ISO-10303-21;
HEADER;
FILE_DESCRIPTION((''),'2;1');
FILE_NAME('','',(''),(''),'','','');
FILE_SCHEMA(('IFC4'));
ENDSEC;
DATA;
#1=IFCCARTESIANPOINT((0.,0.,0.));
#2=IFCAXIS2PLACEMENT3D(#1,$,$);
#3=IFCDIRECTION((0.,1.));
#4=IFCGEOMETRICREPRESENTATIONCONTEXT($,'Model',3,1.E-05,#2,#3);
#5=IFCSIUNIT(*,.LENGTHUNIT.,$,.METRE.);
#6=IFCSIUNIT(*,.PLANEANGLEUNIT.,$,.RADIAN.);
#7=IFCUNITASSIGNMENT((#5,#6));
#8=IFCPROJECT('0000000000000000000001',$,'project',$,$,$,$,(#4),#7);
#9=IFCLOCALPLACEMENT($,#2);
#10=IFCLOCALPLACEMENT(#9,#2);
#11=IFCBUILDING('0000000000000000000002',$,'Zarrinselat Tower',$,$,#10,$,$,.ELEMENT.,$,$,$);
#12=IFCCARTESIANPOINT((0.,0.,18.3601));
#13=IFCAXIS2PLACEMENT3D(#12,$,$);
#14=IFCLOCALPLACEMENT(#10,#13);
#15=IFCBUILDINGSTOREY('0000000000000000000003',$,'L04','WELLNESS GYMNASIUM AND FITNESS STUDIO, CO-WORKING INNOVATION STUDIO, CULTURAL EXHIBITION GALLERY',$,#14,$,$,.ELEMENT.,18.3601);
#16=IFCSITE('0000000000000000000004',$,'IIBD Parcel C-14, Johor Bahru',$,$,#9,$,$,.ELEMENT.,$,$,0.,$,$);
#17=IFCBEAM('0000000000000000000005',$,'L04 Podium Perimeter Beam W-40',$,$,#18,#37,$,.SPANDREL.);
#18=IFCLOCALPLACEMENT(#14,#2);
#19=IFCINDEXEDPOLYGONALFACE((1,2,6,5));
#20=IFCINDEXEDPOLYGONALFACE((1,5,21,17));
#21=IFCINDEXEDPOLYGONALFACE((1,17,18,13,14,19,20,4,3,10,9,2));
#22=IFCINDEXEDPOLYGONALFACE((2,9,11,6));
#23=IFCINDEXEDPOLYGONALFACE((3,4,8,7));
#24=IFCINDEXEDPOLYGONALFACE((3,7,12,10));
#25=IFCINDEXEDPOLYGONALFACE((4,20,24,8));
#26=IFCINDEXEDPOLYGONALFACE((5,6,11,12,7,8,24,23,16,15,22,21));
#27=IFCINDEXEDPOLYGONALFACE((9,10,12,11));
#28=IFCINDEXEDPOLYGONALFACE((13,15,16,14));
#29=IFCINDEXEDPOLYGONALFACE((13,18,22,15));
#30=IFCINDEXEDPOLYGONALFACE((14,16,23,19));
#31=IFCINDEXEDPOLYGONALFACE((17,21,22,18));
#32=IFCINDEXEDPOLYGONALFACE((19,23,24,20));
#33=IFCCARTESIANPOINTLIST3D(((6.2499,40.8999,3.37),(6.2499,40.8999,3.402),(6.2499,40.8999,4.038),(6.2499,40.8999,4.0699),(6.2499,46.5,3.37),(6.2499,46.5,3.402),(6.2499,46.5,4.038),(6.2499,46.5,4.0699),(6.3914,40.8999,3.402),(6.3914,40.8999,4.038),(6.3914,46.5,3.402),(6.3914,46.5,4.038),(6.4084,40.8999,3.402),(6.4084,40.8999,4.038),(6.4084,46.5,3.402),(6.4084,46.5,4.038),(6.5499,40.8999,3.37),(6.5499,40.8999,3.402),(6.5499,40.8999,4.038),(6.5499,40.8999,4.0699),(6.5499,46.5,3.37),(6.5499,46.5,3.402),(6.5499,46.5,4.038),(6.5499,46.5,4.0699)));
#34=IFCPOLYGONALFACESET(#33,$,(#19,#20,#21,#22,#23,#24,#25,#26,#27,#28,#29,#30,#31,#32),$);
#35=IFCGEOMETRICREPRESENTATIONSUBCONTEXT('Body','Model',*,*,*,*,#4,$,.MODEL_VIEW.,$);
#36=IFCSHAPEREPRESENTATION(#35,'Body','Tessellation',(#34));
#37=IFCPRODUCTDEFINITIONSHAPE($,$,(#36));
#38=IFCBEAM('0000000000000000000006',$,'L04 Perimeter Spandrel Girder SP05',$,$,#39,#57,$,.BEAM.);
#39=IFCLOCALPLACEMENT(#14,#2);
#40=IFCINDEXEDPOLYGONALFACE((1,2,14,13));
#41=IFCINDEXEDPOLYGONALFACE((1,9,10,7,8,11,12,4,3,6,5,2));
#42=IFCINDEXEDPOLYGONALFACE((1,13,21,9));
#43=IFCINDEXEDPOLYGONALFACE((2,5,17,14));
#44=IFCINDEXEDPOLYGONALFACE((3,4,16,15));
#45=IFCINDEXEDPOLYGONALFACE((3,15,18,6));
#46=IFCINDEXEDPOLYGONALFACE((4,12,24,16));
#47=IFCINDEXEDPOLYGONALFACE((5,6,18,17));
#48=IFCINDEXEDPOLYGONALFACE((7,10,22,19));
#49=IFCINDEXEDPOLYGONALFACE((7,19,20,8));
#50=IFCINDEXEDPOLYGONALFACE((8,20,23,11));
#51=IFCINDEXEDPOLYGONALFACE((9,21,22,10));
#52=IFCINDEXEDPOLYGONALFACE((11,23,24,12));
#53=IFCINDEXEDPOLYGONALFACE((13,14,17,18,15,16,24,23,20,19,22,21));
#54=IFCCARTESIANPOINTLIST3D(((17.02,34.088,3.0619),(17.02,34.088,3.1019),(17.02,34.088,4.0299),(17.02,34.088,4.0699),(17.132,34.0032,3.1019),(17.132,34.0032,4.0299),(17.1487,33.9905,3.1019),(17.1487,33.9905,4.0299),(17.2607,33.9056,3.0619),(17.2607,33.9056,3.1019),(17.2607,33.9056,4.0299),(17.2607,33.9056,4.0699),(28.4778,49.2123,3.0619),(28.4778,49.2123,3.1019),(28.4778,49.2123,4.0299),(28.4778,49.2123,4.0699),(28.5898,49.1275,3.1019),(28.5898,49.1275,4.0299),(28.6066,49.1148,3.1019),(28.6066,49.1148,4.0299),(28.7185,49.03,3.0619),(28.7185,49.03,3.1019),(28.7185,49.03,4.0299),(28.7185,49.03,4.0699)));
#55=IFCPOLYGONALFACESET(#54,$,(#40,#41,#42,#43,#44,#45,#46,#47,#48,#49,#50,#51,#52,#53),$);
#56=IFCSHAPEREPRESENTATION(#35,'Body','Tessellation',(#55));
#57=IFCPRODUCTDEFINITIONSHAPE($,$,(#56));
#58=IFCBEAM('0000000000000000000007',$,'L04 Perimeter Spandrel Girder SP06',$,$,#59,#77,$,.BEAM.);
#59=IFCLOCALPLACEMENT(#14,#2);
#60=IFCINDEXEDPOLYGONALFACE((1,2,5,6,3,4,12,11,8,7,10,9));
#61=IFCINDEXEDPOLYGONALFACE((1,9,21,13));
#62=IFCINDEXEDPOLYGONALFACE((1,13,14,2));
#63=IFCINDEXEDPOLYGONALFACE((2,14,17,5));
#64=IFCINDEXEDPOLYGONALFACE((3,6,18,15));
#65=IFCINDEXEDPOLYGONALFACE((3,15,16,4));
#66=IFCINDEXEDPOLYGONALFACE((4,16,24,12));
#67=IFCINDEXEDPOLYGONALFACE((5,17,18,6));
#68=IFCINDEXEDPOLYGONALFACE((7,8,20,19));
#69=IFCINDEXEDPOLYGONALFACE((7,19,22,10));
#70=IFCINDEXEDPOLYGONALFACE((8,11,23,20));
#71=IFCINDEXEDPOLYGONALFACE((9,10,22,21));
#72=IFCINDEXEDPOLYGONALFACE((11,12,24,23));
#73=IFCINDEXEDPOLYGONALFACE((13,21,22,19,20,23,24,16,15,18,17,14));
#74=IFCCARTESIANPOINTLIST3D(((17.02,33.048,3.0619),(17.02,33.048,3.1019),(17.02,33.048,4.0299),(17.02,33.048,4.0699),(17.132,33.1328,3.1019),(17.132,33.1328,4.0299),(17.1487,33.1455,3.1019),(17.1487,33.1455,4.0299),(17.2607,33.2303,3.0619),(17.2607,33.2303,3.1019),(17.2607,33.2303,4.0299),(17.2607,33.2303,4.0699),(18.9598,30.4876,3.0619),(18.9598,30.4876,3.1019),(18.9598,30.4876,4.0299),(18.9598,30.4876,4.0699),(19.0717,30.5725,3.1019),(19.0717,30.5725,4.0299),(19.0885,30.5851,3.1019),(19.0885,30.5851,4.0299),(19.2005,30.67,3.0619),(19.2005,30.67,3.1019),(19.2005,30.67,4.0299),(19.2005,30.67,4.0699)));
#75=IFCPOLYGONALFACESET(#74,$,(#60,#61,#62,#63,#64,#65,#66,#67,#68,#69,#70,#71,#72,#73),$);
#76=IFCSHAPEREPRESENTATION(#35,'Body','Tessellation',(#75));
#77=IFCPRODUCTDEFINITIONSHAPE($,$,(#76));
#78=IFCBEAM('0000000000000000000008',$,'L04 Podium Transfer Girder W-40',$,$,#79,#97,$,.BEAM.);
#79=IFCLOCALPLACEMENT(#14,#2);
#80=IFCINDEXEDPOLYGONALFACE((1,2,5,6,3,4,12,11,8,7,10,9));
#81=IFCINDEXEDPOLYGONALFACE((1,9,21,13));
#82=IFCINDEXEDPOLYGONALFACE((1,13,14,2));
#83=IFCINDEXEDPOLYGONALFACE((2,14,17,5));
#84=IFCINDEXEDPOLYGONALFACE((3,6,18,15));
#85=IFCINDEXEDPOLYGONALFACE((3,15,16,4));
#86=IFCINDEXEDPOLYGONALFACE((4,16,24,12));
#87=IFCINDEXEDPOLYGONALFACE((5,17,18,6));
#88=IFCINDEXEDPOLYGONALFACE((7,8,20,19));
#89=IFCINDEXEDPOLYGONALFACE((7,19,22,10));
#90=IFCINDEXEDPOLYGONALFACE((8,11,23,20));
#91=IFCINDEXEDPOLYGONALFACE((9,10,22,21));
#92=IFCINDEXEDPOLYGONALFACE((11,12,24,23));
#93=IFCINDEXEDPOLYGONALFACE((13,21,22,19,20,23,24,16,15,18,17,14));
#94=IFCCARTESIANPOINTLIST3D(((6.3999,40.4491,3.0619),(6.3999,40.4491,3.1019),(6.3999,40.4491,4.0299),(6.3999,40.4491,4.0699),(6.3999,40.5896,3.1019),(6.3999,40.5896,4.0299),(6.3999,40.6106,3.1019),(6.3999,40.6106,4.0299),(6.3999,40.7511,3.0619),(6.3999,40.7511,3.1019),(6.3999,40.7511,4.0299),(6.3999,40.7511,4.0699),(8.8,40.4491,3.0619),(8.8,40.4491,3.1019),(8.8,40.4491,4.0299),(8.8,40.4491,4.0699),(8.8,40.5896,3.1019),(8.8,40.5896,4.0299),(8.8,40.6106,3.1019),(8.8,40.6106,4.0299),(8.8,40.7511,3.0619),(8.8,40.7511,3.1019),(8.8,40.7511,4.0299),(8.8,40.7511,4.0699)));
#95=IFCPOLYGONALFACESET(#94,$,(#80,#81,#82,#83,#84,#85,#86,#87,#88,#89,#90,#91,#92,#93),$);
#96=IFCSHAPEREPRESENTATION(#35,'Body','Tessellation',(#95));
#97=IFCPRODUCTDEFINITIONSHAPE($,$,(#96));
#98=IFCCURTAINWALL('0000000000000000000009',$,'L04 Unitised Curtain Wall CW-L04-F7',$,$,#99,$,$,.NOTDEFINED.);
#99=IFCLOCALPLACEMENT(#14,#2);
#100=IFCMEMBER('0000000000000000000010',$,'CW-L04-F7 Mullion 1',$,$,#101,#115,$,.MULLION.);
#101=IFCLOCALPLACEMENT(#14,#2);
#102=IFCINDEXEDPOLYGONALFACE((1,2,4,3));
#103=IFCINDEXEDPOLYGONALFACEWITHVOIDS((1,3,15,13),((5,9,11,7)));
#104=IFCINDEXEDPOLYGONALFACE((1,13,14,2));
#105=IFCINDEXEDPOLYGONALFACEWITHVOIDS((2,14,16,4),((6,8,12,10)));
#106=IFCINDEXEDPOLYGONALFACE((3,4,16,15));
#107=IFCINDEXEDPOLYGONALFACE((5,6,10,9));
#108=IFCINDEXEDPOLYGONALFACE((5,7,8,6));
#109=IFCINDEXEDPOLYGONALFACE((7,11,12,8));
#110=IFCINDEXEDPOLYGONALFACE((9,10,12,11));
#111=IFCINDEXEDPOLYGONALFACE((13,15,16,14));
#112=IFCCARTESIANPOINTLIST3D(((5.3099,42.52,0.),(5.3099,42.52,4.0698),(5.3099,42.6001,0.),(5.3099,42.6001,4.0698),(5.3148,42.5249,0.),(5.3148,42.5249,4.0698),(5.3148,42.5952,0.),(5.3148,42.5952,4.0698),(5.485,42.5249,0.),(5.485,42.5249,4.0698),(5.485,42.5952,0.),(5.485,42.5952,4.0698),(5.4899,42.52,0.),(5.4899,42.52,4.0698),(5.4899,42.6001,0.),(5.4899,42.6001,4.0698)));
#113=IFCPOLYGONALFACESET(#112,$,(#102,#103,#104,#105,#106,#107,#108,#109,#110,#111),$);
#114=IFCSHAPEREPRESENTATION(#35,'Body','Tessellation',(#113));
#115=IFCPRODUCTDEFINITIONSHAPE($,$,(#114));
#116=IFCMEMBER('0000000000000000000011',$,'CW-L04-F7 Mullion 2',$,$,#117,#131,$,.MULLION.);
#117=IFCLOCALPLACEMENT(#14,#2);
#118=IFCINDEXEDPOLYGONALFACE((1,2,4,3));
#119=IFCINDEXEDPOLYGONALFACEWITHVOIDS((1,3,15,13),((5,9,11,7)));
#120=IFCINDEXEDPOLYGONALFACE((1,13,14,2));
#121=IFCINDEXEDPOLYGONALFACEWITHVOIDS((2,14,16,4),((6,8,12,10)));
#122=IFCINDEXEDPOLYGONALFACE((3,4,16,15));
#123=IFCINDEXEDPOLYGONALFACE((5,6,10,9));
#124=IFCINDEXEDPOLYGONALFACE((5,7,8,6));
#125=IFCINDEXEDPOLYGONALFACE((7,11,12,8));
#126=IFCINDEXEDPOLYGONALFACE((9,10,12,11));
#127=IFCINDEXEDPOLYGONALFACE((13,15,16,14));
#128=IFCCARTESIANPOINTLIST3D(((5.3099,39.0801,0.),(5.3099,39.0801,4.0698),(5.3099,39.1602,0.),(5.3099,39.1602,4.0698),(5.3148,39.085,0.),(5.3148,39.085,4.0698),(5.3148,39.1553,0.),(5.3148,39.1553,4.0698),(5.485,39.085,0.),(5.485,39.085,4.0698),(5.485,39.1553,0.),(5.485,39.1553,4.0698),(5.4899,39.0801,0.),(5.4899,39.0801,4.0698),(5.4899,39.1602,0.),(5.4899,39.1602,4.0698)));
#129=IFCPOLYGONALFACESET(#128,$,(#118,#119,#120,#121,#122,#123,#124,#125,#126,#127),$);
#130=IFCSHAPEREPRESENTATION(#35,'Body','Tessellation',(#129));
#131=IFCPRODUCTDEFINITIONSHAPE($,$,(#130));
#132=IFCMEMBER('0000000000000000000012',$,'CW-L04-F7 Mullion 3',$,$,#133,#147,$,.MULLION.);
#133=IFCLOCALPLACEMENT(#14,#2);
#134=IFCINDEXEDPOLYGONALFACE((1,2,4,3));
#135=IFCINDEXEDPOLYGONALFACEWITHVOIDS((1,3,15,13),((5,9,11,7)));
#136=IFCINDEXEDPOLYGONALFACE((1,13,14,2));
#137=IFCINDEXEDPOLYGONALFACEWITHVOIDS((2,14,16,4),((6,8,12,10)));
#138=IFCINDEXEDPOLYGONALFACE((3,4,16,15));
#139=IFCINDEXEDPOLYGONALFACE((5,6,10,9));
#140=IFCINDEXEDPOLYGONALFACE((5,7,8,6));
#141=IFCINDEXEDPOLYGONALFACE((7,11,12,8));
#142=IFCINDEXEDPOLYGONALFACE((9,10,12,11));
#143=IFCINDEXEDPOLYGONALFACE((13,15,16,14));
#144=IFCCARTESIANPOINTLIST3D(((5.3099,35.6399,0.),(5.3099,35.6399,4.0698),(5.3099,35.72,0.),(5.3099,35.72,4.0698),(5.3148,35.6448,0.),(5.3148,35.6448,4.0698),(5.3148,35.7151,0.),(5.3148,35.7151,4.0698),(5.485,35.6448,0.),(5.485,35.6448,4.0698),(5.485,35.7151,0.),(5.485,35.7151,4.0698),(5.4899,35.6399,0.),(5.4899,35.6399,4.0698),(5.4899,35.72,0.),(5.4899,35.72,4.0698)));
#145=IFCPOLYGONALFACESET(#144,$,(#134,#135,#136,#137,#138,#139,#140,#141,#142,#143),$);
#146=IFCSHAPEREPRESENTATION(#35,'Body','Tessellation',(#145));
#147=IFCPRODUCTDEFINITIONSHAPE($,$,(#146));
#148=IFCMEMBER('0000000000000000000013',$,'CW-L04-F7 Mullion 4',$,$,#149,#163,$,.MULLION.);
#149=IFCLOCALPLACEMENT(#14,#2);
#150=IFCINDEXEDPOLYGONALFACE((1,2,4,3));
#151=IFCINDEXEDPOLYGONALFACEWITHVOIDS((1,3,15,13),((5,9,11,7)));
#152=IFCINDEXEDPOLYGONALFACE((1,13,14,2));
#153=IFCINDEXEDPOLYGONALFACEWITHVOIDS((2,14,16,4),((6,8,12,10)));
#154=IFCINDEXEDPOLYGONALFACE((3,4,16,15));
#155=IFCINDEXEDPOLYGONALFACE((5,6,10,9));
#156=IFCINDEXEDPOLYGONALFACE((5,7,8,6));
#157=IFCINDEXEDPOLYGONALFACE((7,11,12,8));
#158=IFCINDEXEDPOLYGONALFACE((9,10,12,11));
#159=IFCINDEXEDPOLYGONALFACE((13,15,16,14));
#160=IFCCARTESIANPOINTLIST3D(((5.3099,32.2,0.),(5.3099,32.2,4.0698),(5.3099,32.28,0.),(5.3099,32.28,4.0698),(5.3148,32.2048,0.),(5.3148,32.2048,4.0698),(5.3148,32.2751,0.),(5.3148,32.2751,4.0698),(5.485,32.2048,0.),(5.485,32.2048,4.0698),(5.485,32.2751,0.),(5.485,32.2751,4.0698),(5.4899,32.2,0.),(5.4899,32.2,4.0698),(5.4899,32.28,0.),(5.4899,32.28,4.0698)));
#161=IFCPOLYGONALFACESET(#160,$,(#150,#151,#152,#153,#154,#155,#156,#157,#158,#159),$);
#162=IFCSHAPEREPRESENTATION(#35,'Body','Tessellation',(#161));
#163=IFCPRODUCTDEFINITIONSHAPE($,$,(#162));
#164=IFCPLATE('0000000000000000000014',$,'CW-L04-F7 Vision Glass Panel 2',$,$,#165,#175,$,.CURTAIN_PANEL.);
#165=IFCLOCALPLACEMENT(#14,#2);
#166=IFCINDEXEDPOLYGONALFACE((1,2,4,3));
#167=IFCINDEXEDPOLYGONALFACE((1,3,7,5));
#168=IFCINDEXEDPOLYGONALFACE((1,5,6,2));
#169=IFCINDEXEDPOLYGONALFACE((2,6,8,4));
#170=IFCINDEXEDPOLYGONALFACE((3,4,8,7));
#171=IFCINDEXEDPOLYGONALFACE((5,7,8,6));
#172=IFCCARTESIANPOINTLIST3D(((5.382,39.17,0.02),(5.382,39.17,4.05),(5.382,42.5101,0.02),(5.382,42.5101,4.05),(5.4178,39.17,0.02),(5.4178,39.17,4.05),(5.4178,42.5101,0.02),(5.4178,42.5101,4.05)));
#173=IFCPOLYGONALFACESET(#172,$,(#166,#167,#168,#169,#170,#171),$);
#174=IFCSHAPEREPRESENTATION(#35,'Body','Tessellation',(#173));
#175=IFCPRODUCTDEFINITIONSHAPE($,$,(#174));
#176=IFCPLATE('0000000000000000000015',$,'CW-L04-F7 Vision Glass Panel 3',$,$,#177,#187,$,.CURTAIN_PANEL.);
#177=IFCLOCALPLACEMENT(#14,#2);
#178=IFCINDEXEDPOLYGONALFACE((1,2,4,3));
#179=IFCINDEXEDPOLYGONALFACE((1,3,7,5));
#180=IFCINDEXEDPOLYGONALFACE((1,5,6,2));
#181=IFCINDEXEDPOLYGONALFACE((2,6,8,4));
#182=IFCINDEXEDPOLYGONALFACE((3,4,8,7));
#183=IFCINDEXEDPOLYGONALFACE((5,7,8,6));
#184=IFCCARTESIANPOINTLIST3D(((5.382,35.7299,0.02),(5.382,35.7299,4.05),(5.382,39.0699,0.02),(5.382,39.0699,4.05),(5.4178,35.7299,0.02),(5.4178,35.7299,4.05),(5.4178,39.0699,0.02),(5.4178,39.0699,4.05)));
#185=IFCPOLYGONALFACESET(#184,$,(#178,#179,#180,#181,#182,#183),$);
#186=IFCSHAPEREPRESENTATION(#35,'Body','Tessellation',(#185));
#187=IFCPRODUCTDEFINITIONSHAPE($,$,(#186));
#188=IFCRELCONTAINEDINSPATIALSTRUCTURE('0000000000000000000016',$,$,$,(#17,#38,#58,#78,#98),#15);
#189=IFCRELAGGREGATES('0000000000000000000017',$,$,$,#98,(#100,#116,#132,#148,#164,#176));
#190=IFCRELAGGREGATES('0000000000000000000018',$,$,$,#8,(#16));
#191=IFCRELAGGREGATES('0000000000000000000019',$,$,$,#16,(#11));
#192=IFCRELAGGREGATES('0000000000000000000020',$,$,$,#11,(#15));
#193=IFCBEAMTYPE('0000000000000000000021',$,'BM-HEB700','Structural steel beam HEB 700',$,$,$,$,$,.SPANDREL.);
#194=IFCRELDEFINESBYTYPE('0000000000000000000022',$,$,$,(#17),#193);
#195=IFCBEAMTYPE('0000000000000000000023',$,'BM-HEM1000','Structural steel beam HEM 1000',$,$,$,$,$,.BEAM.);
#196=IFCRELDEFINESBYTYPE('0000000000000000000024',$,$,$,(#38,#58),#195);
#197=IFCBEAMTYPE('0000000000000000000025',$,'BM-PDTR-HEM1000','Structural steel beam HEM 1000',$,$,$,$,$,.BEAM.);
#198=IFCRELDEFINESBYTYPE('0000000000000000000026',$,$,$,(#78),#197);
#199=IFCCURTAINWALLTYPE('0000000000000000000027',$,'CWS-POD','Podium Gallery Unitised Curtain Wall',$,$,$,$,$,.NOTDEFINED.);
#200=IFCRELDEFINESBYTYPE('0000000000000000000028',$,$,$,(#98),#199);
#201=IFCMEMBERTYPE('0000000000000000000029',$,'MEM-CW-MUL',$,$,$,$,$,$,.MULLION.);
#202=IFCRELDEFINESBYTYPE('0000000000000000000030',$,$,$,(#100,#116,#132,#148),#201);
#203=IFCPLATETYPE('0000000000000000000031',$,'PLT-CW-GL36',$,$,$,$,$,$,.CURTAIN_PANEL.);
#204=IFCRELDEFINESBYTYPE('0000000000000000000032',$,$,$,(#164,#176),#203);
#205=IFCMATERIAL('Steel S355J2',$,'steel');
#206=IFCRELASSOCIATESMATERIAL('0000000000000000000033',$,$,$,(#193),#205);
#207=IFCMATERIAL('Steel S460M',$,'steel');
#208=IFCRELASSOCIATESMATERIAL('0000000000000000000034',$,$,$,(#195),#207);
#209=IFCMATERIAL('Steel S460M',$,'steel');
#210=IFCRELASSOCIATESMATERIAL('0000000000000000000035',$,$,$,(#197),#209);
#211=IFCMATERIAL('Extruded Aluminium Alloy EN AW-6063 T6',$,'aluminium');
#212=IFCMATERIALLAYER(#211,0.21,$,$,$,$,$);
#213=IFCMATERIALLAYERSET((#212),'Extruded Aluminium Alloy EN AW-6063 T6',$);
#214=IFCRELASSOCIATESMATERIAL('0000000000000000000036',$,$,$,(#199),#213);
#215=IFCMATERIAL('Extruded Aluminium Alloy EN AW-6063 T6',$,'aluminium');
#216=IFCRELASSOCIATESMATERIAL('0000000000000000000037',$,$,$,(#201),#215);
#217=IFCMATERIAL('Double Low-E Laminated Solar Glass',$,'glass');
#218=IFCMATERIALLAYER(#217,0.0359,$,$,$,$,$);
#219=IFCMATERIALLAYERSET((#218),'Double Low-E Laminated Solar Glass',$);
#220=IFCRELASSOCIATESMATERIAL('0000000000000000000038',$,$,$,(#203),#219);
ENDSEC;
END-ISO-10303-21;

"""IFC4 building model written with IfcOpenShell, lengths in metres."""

from ifc_helpers import new_model, si_unit, direction, frame, origin, origin_2d, place, context, subcontext, project, spatial, rectangle, hollow_rectangle, i_section, extrude, material, layer, layer_set, material_profile, profile_set, type_object, element, aggregate, save


model = new_model("IFC4")

# Units and contexts
model_context = context("Model", 3, precision=1e-05, world=origin(), true_north=direction((0.0, 1.0)))
body_context = subcontext(model_context, "Body", "Model", "MODEL_VIEW")
ifc_project = project(units=[si_unit("LENGTHUNIT", "METRE"), si_unit("PLANEANGLEUNIT", "RADIAN")], contexts=[model_context])

# Site, building, storey
site_placement = place(None, origin())
site = spatial("IfcSite", under=ifc_project, at=site_placement, Name="IIBD Parcel C-14, Johor Bahru", CompositionType="ELEMENT", RefElevation=0.0)
building_placement = place(site_placement, origin())
building = spatial("IfcBuilding", under=site, at=building_placement, Name="Zarrinselat Tower", CompositionType="ELEMENT")
storey_placement = place(building_placement, frame((0.0, 0.0, 18.3601)))
storey = spatial("IfcBuildingStorey", under=building, at=storey_placement, Name="L04", Description="WELLNESS GYMNASIUM AND FITNESS STUDIO, CO-WORKING INNOVATION STUDIO, CULTURAL EXHIBITION GALLERY", CompositionType="ELEMENT", Elevation=18.3601)

# Beams
ifc_material_1 = material(Name="Steel S355J2", Category="steel")
ifc_material_profile_1 = material_profile(ifc_material_1, i_section(OverallWidth=0.3, OverallDepth=0.7, WebThickness=0.0171, FlangeThickness=0.032, at=origin_2d()), Name="HEB 700")
ifc_profile_set_1 = profile_set([ifc_material_profile_1], Name="Steel S355J2")
beam_type_1 = type_object("IfcBeamType", Name="BM-HEB700", Description="Structural steel beam HEB 700", PredefinedType="SPANDREL", material=ifc_profile_set_1)
beam_1_placement = place(storey_placement, frame((6.3999, 40.8999, 3.72), z_axis=(0.0, 1.0, 0.0), x_axis=(-1.0, 0.0, 0.0)))
element("IfcBeam", 1, at=beam_1_placement, inside=storey, type_object=beam_type_1, Name="L04 Podium Perimeter Beam W-40", PredefinedType="SPANDREL", context=body_context, shape_type="SweptSolid", body=[
    extrude(i_section(OverallWidth=0.3, OverallDepth=0.7, WebThickness=0.0171, FlangeThickness=0.032, at=origin_2d()), origin(), (0.0, 0.0, 1.0), 5.6001),
])
ifc_material_2 = material(Name="Steel S460M", Category="steel")
ifc_material_profile_2 = material_profile(ifc_material_2, i_section(OverallWidth=0.302, OverallDepth=1.0081, WebThickness=0.021, FlangeThickness=0.04, at=origin_2d()), Name="HEM 1000")
ifc_profile_set_2 = profile_set([ifc_material_profile_2], Name="Steel S460M")
beam_type_2 = type_object("IfcBeamType", Name="BM-HEM1000", Description="Structural steel beam HEM 1000", PredefinedType="BEAM", material=ifc_profile_set_2)
beam_2_placement = place(storey_placement, frame((17.1404, 33.9968, 3.5659), z_axis=(0.603857, 0.797093, 0.0), x_axis=(-0.797093, 0.603857, 0.0)))
element("IfcBeam", 2, at=beam_2_placement, inside=storey, type_object=beam_type_2, Name="L04 Perimeter Spandrel Girder SP05", PredefinedType="BEAM", context=body_context, shape_type="SweptSolid", body=[
    extrude(i_section(OverallWidth=0.302, OverallDepth=1.0081, WebThickness=0.021, FlangeThickness=0.04, at=origin_2d()), origin(), (0.0, 0.0, 1.0), 18.9744),
])
beam_3_placement = place(storey_placement, frame((17.1404, 33.1392, 3.5659), z_axis=(0.603872, -0.797081, 0.0), x_axis=(0.797081, 0.603872, 0.0)))
element("IfcBeam", 3, at=beam_3_placement, inside=storey, type_object=beam_type_2, Name="L04 Perimeter Spandrel Girder SP06", PredefinedType="BEAM", context=body_context, shape_type="SweptSolid", body=[
    extrude(i_section(OverallWidth=0.302, OverallDepth=1.0081, WebThickness=0.021, FlangeThickness=0.04, at=origin_2d()), origin(), (0.0, 0.0, 1.0), 3.2122),
])
ifc_material_3 = material(Name="Steel S460M", Category="steel")
ifc_material_profile_3 = material_profile(ifc_material_3, i_section(OverallWidth=0.302, OverallDepth=1.0081, WebThickness=0.021, FlangeThickness=0.04, at=origin_2d()), Name="HEM 1000")
ifc_profile_set_3 = profile_set([ifc_material_profile_3], Name="Steel S460M")
beam_type_3 = type_object("IfcBeamType", Name="BM-PDTR-HEM1000", Description="Structural steel beam HEM 1000", PredefinedType="BEAM", material=ifc_profile_set_3)
beam_4_placement = place(storey_placement, frame((6.3999, 40.6001, 3.5659), z_axis=(1.0, 0.0, 0.0), x_axis=(0.0, 1.0, 0.0)))
element("IfcBeam", 4, at=beam_4_placement, inside=storey, type_object=beam_type_3, Name="L04 Podium Transfer Girder W-40", PredefinedType="BEAM", context=body_context, shape_type="SweptSolid", body=[
    extrude(i_section(OverallWidth=0.302, OverallDepth=1.0081, WebThickness=0.021, FlangeThickness=0.04, at=origin_2d()), origin(), (0.0, 0.0, 1.0), 2.4001),
])

# Curtain wall, members, plates
ifc_material_4 = material(Name="Extruded Aluminium Alloy EN AW-6063 T6", Category="aluminium")
ifc_layer_1 = layer(ifc_material_4, 0.21)
ifc_layer_set_1 = layer_set([ifc_layer_1], Name="Extruded Aluminium Alloy EN AW-6063 T6")
curtain_wall_type = type_object("IfcCurtainWallType", Name="CWS-POD", Description="Podium Gallery Unitised Curtain Wall", PredefinedType="NOTDEFINED", material=ifc_layer_set_1)
curtain_wall_placement = place(storey_placement, origin())
curtain_wall = element("IfcCurtainWall", 5, at=curtain_wall_placement, inside=storey, type_object=curtain_wall_type, Name="L04 Unitised Curtain Wall CW-L04-F7", PredefinedType="NOTDEFINED")
ifc_material_5 = material(Name="Extruded Aluminium Alloy EN AW-6063 T6", Category="aluminium")
ifc_material_profile_4 = material_profile(ifc_material_5, hollow_rectangle(XDim=0.0801, YDim=0.1799, WallThickness=0.0049, at=origin_2d()), Name="RHS 180x80x5")
ifc_profile_set_4 = profile_set([ifc_material_profile_4], Name="Extruded Aluminium Alloy EN AW-6063 T6")
member_type = type_object("IfcMemberType", Name="MEM-CW-MUL", PredefinedType="MULLION", material=ifc_profile_set_4)
member_1_placement = place(storey_placement, frame((5.3999, 42.5601, 0.0), z_axis=(0.0, 0.0, 1.0), x_axis=(0.0, -1.0, 0.0)))
member_1 = element("IfcMember", 6, at=member_1_placement, type_object=member_type, Name="CW-L04-F7 Mullion 1", PredefinedType="MULLION", context=body_context, shape_type="SweptSolid", body=[
    extrude(hollow_rectangle(XDim=0.0801, YDim=0.1799, WallThickness=0.0049, at=origin_2d()), origin(), (0.0, 0.0, 1.0), 4.0698),
])
member_2_placement = place(storey_placement, frame((5.3999, 39.1201, 0.0), z_axis=(0.0, 0.0, 1.0), x_axis=(0.0, -1.0, 0.0)))
member_2 = element("IfcMember", 7, at=member_2_placement, type_object=member_type, Name="CW-L04-F7 Mullion 2", PredefinedType="MULLION", context=body_context, shape_type="SweptSolid", body=[
    extrude(hollow_rectangle(XDim=0.0801, YDim=0.1799, WallThickness=0.0049, at=origin_2d()), origin(), (0.0, 0.0, 1.0), 4.0698),
])
member_3_placement = place(storey_placement, frame((5.3999, 35.6799, 0.0), z_axis=(0.0, 0.0, 1.0), x_axis=(0.0, -1.0, 0.0)))
member_3 = element("IfcMember", 8, at=member_3_placement, type_object=member_type, Name="CW-L04-F7 Mullion 3", PredefinedType="MULLION", context=body_context, shape_type="SweptSolid", body=[
    extrude(hollow_rectangle(XDim=0.0801, YDim=0.1799, WallThickness=0.0049, at=origin_2d()), origin(), (0.0, 0.0, 1.0), 4.0698),
])
member_4_placement = place(storey_placement, frame((5.3999, 32.24, 0.0), z_axis=(0.0, 0.0, 1.0), x_axis=(0.0, -1.0, 0.0)))
member_4 = element("IfcMember", 9, at=member_4_placement, type_object=member_type, Name="CW-L04-F7 Mullion 4", PredefinedType="MULLION", context=body_context, shape_type="SweptSolid", body=[
    extrude(hollow_rectangle(XDim=0.0801, YDim=0.1799, WallThickness=0.0049, at=origin_2d()), origin(), (0.0, 0.0, 1.0), 4.0698),
])
ifc_material_6 = material(Name="Double Low-E Laminated Solar Glass", Category="glass")
ifc_layer_2 = layer(ifc_material_6, 0.0359)
ifc_layer_set_2 = layer_set([ifc_layer_2], Name="Double Low-E Laminated Solar Glass")
plate_type = type_object("IfcPlateType", Name="PLT-CW-GL36", PredefinedType="CURTAIN_PANEL", material=ifc_layer_set_2)
plate_1_placement = place(storey_placement, frame((5.3999, 40.8401, 0.02), z_axis=(0.0, 0.0, 1.0), x_axis=(0.0, -1.0, 0.0)))
plate_1 = element("IfcPlate", 10, at=plate_1_placement, type_object=plate_type, Name="CW-L04-F7 Vision Glass Panel 2", PredefinedType="CURTAIN_PANEL", context=body_context, shape_type="SweptSolid", body=[
    extrude(rectangle(XDim=3.3401, YDim=0.0359, at=origin_2d()), origin(), (0.0, 0.0, 1.0), 4.03),
])
plate_2_placement = place(storey_placement, frame((5.3999, 37.3999, 0.02), z_axis=(0.0, 0.0, 1.0), x_axis=(0.0, -1.0, 0.0)))
plate_2 = element("IfcPlate", 11, at=plate_2_placement, type_object=plate_type, Name="CW-L04-F7 Vision Glass Panel 3", PredefinedType="CURTAIN_PANEL", context=body_context, shape_type="SweptSolid", body=[
    extrude(rectangle(XDim=3.3401, YDim=0.0359, at=origin_2d()), origin(), (0.0, 0.0, 1.0), 4.03),
])
aggregate(curtain_wall, [member_1, member_2, member_3, member_4, plate_1, plate_2])

save(model, "model.ifc")
